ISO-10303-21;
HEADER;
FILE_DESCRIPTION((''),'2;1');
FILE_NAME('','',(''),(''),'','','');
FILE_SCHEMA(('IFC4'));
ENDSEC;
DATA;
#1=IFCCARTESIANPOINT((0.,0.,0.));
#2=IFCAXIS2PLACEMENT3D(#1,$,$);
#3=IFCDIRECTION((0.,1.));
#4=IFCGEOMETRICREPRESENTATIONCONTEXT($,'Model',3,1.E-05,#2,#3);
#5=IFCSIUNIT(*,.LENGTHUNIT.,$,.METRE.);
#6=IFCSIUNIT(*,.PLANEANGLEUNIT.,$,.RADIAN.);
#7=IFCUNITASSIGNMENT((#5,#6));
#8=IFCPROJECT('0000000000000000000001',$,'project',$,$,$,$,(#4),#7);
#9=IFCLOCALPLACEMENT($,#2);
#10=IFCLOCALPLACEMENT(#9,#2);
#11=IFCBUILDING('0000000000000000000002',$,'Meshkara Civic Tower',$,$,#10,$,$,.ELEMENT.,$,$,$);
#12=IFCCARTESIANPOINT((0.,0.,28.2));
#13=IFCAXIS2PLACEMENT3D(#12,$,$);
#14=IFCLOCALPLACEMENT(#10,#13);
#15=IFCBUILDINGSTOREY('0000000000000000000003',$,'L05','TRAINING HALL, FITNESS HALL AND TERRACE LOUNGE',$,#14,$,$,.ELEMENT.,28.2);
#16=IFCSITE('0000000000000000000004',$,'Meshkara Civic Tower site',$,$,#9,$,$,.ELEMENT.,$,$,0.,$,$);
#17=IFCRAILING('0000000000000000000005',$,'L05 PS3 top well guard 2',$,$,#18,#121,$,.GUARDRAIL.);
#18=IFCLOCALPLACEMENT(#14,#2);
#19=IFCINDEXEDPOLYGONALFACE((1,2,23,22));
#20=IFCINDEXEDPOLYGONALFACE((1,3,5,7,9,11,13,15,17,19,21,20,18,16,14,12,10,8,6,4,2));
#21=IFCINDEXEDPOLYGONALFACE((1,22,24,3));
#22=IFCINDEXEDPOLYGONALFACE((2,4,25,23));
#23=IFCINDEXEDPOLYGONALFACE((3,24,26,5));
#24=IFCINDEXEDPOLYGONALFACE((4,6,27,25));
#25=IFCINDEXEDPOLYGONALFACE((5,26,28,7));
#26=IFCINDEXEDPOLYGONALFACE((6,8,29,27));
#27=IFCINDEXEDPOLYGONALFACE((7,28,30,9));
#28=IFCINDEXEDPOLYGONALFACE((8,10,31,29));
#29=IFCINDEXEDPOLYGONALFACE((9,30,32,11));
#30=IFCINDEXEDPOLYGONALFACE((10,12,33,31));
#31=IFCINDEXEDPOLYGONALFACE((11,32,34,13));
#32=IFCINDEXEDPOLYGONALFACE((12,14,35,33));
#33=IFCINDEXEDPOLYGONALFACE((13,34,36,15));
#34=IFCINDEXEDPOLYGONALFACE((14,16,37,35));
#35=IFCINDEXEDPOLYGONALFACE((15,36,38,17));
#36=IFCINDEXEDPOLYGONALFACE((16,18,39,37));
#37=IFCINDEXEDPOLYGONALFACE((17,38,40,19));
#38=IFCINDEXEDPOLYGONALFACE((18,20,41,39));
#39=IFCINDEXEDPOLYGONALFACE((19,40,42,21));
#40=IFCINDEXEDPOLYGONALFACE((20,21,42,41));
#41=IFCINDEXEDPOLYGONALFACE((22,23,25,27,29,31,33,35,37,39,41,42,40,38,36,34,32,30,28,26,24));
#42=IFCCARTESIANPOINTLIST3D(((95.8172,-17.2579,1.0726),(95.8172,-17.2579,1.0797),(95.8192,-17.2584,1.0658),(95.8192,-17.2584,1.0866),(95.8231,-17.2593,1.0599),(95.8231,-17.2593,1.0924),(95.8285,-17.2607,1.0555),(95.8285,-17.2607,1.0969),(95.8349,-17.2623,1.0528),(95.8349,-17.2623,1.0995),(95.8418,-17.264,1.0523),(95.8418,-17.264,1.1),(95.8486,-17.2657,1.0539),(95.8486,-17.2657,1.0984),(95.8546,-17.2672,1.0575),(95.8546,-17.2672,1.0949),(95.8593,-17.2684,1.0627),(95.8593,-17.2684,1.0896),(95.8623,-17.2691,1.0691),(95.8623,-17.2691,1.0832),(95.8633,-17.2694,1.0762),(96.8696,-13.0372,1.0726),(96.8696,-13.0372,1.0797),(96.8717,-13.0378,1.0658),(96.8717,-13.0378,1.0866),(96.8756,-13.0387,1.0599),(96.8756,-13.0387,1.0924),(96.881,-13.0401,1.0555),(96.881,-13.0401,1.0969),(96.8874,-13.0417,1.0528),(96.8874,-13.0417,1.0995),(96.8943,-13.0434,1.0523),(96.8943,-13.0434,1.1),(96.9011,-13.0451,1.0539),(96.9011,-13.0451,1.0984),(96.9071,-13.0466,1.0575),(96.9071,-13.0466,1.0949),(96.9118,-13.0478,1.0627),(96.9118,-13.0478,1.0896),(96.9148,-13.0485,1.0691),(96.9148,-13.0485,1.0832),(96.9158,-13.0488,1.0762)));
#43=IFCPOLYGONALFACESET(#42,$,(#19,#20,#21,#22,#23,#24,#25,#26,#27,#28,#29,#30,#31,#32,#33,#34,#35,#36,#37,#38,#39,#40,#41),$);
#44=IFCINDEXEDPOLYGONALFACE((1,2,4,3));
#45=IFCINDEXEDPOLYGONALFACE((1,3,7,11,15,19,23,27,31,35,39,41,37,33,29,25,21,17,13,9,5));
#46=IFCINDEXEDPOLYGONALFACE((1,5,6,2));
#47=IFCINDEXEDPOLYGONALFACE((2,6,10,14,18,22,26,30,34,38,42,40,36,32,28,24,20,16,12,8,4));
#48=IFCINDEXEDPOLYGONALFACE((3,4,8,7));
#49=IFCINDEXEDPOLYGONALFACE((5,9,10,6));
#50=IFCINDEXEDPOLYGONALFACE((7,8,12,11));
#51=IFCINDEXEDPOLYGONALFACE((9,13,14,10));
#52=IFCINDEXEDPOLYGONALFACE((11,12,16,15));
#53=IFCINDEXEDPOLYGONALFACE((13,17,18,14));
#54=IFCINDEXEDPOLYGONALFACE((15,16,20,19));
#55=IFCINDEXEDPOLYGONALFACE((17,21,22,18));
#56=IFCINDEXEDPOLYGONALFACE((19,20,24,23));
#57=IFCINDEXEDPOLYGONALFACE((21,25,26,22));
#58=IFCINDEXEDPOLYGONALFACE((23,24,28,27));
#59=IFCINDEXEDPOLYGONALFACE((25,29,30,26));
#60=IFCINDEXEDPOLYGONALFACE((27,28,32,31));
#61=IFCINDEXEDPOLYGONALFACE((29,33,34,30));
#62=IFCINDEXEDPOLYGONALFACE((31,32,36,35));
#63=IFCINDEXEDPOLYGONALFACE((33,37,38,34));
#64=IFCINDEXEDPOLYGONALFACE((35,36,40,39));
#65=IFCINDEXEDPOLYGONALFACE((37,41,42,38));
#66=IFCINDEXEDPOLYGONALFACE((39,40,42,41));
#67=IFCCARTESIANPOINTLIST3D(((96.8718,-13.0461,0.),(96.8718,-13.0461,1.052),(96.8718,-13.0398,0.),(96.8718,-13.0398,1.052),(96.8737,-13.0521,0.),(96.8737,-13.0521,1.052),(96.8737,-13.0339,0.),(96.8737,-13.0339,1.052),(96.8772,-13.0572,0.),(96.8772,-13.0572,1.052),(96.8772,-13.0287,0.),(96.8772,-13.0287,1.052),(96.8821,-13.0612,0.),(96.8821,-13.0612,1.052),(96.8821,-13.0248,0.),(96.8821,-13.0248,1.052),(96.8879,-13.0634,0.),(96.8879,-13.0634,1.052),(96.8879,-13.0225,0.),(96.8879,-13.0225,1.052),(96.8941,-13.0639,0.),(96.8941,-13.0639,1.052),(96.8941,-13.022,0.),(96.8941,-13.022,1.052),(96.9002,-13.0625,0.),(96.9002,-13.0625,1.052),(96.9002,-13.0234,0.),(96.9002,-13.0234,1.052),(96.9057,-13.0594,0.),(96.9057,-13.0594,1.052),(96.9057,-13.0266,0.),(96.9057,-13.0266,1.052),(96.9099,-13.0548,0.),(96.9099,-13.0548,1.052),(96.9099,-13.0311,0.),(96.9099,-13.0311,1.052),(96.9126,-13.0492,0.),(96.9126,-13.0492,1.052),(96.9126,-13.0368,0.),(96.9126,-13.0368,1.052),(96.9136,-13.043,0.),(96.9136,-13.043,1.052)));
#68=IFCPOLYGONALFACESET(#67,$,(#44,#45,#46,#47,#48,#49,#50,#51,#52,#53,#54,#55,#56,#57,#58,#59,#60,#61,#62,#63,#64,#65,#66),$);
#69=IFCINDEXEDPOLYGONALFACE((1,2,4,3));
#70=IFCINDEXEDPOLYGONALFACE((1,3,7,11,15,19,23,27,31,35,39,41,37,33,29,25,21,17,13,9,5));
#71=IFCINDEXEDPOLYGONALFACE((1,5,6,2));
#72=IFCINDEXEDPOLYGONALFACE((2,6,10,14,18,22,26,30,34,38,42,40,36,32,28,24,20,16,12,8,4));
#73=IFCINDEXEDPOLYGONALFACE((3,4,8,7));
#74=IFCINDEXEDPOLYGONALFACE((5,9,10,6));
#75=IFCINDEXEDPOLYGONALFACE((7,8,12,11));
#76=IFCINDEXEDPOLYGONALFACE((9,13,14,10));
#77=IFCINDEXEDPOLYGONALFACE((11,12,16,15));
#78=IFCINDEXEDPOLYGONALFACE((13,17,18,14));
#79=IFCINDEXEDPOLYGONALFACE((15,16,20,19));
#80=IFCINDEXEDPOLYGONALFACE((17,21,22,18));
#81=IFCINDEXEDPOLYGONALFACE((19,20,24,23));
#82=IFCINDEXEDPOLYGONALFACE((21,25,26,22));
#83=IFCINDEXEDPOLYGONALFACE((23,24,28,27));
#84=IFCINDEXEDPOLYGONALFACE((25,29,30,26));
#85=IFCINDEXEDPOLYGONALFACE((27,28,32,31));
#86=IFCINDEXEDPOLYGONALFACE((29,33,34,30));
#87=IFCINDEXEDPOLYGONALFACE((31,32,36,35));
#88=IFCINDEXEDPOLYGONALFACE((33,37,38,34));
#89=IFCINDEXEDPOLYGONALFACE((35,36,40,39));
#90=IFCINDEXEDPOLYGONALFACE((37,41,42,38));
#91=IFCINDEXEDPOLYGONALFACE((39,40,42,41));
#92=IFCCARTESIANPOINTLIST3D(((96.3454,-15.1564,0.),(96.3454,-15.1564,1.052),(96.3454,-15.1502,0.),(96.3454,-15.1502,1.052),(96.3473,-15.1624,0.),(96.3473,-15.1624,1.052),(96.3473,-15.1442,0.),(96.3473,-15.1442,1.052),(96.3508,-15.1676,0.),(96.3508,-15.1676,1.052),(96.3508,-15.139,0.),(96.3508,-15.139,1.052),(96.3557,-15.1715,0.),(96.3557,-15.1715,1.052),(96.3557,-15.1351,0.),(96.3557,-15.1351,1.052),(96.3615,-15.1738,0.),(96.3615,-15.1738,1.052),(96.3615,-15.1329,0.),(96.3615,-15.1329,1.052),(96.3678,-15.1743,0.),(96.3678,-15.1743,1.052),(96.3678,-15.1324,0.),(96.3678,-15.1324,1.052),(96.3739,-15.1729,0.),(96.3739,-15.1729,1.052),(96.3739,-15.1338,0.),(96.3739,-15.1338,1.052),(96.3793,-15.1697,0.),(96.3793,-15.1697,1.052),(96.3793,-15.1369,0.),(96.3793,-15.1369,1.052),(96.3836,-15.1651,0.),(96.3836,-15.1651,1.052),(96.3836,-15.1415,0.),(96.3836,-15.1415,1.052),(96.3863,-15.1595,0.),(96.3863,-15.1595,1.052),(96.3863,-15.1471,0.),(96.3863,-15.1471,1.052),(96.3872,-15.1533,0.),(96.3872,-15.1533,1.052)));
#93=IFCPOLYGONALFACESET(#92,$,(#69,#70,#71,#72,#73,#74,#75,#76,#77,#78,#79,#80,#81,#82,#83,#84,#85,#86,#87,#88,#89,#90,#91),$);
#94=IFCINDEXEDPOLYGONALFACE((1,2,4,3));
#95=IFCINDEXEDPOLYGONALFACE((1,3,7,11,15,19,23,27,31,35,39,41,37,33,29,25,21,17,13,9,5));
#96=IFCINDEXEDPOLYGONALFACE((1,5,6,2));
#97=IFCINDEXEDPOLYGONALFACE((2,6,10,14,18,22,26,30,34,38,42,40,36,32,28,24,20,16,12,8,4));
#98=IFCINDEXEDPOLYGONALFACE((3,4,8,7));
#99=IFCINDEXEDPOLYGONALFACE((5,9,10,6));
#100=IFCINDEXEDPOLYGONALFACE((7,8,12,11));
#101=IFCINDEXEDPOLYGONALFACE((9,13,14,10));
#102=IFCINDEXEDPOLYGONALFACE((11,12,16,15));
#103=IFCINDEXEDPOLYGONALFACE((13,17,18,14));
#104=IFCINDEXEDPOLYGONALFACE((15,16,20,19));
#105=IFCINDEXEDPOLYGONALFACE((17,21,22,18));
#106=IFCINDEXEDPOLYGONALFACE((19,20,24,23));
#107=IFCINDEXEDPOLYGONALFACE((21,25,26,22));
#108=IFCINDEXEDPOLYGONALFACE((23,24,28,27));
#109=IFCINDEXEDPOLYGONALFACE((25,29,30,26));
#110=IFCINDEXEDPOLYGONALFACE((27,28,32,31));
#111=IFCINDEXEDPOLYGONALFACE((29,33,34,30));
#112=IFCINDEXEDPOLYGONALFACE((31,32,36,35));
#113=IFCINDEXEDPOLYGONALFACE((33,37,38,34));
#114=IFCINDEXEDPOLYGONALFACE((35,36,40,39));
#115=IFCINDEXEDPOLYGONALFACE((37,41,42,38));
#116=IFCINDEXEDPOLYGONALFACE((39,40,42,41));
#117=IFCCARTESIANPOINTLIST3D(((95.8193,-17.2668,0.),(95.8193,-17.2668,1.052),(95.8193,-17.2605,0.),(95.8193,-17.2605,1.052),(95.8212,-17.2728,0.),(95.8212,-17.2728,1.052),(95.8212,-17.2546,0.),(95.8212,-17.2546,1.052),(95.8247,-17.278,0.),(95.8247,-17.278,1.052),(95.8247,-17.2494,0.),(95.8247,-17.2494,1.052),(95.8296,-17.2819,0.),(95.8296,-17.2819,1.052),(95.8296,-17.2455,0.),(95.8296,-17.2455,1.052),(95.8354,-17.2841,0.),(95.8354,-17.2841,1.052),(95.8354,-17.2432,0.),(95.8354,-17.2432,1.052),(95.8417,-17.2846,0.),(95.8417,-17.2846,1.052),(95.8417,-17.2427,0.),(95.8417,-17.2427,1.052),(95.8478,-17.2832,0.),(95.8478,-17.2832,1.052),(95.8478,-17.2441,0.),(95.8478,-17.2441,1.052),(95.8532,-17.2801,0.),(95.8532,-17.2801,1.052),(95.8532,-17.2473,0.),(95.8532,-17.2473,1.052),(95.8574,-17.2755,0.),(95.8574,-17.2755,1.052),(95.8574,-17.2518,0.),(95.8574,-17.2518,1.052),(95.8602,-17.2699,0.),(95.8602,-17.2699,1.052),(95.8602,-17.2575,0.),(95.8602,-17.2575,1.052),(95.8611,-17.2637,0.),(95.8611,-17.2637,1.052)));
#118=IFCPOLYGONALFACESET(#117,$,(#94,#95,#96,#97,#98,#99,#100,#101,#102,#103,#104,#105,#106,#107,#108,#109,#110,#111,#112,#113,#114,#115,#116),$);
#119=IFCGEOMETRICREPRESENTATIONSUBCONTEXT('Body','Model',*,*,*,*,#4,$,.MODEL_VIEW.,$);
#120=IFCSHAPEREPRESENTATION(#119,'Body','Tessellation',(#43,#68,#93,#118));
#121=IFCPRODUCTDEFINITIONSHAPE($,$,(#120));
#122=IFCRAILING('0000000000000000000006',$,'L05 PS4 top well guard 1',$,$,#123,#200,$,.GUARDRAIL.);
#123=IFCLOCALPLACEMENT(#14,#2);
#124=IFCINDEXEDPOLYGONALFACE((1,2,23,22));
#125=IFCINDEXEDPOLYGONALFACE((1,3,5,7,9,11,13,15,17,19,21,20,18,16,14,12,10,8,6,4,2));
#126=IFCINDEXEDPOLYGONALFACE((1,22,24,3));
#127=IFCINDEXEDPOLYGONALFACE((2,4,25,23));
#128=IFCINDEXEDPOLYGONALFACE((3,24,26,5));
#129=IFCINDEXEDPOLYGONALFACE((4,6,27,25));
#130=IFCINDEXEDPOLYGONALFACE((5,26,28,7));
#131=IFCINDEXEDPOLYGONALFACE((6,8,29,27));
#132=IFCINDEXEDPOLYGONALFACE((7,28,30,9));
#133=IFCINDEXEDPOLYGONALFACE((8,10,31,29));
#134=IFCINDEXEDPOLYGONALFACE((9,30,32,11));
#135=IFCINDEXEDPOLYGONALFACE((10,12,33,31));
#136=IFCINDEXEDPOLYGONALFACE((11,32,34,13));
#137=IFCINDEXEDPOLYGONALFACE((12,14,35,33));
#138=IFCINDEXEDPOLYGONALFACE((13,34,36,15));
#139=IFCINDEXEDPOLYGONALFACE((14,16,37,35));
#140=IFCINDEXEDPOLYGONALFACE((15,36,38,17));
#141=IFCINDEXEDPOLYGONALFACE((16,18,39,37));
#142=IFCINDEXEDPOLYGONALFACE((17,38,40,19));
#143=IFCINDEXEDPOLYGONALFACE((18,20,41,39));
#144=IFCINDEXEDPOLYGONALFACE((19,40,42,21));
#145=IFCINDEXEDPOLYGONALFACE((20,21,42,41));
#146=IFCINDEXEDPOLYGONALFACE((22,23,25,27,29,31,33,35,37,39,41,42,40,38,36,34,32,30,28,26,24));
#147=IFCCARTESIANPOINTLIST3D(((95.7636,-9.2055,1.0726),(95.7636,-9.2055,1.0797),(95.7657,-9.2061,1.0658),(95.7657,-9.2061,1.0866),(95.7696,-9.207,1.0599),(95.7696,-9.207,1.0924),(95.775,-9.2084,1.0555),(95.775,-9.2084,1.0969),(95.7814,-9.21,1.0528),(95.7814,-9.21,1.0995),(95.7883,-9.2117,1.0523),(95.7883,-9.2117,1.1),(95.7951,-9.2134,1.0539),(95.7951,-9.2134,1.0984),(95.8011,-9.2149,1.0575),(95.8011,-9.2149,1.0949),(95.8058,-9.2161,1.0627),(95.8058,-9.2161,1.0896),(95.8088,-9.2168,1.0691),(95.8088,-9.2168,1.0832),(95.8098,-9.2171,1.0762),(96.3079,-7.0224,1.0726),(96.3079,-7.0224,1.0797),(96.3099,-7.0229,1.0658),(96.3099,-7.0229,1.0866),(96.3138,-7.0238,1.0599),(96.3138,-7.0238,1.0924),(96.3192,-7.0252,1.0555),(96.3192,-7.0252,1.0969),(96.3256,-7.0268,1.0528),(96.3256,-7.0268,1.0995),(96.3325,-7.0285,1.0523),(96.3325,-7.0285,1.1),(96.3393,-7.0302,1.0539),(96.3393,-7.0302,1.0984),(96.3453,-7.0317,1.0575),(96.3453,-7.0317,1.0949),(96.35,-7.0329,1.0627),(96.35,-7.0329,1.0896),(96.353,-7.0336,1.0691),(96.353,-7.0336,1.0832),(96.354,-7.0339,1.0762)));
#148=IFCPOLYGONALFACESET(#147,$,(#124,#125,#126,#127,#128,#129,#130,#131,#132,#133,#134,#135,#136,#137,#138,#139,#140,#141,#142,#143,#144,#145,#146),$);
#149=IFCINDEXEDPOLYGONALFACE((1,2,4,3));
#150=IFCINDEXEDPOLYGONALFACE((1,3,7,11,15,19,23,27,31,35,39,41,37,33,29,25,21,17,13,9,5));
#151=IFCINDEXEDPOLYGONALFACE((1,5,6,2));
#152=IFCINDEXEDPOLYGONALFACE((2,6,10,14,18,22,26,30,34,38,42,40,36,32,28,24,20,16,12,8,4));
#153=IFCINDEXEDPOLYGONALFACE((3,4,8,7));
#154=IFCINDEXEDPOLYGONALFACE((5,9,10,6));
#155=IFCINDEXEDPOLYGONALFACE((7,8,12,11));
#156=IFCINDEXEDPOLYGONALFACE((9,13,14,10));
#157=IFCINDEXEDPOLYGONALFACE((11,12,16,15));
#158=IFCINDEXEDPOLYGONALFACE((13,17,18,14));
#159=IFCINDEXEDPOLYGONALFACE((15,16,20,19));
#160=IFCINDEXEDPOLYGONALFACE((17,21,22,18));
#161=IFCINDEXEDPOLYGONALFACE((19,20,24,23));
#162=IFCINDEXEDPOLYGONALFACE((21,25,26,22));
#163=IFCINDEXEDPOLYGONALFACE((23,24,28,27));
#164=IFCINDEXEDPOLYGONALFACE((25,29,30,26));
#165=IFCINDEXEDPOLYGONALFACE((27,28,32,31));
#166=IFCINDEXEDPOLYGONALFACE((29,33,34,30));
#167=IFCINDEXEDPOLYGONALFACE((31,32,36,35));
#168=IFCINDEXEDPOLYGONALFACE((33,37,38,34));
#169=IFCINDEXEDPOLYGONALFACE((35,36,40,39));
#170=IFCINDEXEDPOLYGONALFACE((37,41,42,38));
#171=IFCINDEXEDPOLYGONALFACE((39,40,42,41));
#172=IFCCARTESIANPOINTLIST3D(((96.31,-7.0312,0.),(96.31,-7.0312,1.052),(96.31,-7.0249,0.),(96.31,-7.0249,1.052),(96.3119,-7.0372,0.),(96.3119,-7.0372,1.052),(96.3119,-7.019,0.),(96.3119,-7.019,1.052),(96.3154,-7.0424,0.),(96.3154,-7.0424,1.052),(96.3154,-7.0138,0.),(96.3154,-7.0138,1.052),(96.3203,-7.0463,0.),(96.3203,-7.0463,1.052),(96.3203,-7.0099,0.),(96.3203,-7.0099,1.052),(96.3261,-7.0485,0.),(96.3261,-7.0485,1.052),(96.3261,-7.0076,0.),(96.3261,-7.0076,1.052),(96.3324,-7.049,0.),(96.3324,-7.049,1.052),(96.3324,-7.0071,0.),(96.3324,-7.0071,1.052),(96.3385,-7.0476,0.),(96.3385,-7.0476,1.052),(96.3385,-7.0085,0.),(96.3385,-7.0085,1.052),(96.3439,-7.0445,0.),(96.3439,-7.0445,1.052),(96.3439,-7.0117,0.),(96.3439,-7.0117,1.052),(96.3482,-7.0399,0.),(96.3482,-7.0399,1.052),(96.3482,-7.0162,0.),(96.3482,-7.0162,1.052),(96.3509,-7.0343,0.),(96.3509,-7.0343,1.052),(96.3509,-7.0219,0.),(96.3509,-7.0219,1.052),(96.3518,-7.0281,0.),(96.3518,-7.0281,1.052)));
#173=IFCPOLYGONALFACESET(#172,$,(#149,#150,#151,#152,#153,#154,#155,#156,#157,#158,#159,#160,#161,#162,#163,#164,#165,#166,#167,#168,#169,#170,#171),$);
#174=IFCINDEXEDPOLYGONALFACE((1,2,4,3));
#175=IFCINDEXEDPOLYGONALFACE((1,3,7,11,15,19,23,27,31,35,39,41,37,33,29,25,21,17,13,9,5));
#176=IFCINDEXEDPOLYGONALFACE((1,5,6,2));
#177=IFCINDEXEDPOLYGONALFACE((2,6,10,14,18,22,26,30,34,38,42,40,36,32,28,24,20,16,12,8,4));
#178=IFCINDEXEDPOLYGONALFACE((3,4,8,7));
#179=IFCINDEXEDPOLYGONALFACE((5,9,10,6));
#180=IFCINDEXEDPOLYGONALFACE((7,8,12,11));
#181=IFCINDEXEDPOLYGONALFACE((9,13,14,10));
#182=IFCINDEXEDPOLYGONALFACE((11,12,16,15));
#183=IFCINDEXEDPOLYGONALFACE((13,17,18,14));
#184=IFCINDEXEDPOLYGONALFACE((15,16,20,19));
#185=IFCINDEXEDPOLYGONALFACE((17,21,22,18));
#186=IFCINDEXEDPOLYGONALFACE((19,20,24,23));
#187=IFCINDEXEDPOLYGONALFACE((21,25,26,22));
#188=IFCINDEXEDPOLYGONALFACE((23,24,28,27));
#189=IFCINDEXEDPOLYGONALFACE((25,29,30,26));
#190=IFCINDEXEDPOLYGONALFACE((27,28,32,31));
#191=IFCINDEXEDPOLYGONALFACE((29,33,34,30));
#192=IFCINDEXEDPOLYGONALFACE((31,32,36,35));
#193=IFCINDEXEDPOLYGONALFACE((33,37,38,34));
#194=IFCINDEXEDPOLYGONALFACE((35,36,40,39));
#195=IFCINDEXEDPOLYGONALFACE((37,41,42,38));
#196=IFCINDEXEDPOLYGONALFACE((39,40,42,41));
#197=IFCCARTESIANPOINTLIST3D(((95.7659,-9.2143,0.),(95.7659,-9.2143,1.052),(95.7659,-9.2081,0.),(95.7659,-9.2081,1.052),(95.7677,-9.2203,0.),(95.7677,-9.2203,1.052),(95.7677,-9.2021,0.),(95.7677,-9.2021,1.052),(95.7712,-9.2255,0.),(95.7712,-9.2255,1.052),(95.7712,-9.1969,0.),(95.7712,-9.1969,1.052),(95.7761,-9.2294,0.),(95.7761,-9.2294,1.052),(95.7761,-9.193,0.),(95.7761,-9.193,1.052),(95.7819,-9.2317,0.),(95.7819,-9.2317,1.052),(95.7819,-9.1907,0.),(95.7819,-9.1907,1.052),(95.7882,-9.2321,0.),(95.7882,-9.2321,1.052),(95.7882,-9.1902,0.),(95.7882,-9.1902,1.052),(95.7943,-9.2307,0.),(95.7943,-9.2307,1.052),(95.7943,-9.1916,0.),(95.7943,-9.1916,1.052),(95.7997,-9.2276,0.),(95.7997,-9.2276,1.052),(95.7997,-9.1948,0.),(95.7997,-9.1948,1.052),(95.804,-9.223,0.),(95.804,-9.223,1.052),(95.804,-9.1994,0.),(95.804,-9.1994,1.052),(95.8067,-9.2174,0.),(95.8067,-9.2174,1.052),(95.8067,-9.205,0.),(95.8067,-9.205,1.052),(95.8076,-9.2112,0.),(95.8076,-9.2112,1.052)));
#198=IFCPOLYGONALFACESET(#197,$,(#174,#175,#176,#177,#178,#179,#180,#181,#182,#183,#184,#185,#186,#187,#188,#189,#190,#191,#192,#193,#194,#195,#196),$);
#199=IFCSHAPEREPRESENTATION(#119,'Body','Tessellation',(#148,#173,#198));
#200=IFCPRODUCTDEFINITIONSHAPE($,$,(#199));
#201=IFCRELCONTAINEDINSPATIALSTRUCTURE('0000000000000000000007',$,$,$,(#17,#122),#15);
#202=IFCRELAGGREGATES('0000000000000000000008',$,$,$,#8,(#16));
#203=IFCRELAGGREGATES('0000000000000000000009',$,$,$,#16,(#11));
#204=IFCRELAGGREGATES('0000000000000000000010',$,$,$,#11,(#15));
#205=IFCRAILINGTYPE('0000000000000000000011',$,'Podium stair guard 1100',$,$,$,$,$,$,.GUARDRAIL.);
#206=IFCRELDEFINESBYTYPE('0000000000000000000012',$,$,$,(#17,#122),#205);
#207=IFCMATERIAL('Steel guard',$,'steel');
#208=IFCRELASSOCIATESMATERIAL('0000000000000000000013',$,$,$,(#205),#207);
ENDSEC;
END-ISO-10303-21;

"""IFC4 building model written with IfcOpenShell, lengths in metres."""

from ifc_helpers import new_model, si_unit, direction, frame, origin, origin_2d, place, context, subcontext, project, spatial, circle, extrude, material, type_object, element, save


model = new_model("IFC4")

# Units and contexts
model_context = context("Model", 3, precision=1e-05, world=origin(), true_north=direction((0.0, 1.0)))
body_context = subcontext(model_context, "Body", "Model", "MODEL_VIEW")
ifc_project = project(units=[si_unit("LENGTHUNIT", "METRE"), si_unit("PLANEANGLEUNIT", "RADIAN")], contexts=[model_context])

# Site, building, storey
site_placement = place(None, origin())
site = spatial("IfcSite", under=ifc_project, at=site_placement, Name="Meshkara Civic Tower site", CompositionType="ELEMENT", RefElevation=0.0)
building_placement = place(site_placement, origin())
building = spatial("IfcBuilding", under=site, at=building_placement, Name="Meshkara Civic Tower", CompositionType="ELEMENT")
storey_placement = place(building_placement, frame((0.0, 0.0, 28.2)))
storey = spatial("IfcBuildingStorey", under=building, at=storey_placement, Name="L05", Description="TRAINING HALL, FITNESS HALL AND TERRACE LOUNGE", CompositionType="ELEMENT", Elevation=28.2)

# Railings
ifc_material_1 = material(Name="Steel guard", Category="steel")
railing_type = type_object("IfcRailingType", Name="Podium stair guard 1100", PredefinedType="GUARDRAIL", material=ifc_material_1)
railing_1_placement = place(storey_placement, frame((96.8926, -13.043, 0.0)))
element("IfcRailing", 1, at=railing_1_placement, inside=storey, type_object=railing_type, Name="L05 PS3 top well guard 2", PredefinedType="GUARDRAIL", context=body_context, shape_type="SweptSolid", body=[
    extrude(circle(Radius=0.0239, at=origin_2d()), frame((0.0, 0.0, 1.0762), z_axis=(-0.241955, -0.970288, 0.0), x_axis=(0.970288, -0.241955, 0.0)), (0.0, 0.0, 1.0), 4.3499),
    extrude(circle(Radius=0.021, at=origin_2d()), origin(), (0.0, 0.0, 1.0), 1.052),
    extrude(circle(Radius=0.021, at=origin_2d()), frame((-0.5264, -2.1104, 0.0)), (0.0, 0.0, 1.0), 1.052),
    extrude(circle(Radius=0.021, at=origin_2d()), frame((-1.0525, -4.2207, 0.0)), (0.0, 0.0, 1.0), 1.052),
])
railing_2_placement = place(storey_placement, frame((96.3308, -7.0281, 0.0)))
element("IfcRailing", 2, at=railing_2_placement, inside=storey, type_object=railing_type, Name="L05 PS4 top well guard 1", PredefinedType="GUARDRAIL", context=body_context, shape_type="SweptSolid", body=[
    extrude(circle(Radius=0.0239, at=origin_2d()), frame((0.0, 0.0, 1.0762), z_axis=(-0.241872, -0.970308, 0.0), x_axis=(0.970308, -0.241872, 0.0)), (0.0, 0.0, 1.0), 2.25),
    extrude(circle(Radius=0.021, at=origin_2d()), origin(), (0.0, 0.0, 1.0), 1.052),
    extrude(circle(Radius=0.021, at=origin_2d()), frame((-0.5442, -2.1831, 0.0)), (0.0, 0.0, 1.0), 1.052),
])

save(model, "model.ifc")
